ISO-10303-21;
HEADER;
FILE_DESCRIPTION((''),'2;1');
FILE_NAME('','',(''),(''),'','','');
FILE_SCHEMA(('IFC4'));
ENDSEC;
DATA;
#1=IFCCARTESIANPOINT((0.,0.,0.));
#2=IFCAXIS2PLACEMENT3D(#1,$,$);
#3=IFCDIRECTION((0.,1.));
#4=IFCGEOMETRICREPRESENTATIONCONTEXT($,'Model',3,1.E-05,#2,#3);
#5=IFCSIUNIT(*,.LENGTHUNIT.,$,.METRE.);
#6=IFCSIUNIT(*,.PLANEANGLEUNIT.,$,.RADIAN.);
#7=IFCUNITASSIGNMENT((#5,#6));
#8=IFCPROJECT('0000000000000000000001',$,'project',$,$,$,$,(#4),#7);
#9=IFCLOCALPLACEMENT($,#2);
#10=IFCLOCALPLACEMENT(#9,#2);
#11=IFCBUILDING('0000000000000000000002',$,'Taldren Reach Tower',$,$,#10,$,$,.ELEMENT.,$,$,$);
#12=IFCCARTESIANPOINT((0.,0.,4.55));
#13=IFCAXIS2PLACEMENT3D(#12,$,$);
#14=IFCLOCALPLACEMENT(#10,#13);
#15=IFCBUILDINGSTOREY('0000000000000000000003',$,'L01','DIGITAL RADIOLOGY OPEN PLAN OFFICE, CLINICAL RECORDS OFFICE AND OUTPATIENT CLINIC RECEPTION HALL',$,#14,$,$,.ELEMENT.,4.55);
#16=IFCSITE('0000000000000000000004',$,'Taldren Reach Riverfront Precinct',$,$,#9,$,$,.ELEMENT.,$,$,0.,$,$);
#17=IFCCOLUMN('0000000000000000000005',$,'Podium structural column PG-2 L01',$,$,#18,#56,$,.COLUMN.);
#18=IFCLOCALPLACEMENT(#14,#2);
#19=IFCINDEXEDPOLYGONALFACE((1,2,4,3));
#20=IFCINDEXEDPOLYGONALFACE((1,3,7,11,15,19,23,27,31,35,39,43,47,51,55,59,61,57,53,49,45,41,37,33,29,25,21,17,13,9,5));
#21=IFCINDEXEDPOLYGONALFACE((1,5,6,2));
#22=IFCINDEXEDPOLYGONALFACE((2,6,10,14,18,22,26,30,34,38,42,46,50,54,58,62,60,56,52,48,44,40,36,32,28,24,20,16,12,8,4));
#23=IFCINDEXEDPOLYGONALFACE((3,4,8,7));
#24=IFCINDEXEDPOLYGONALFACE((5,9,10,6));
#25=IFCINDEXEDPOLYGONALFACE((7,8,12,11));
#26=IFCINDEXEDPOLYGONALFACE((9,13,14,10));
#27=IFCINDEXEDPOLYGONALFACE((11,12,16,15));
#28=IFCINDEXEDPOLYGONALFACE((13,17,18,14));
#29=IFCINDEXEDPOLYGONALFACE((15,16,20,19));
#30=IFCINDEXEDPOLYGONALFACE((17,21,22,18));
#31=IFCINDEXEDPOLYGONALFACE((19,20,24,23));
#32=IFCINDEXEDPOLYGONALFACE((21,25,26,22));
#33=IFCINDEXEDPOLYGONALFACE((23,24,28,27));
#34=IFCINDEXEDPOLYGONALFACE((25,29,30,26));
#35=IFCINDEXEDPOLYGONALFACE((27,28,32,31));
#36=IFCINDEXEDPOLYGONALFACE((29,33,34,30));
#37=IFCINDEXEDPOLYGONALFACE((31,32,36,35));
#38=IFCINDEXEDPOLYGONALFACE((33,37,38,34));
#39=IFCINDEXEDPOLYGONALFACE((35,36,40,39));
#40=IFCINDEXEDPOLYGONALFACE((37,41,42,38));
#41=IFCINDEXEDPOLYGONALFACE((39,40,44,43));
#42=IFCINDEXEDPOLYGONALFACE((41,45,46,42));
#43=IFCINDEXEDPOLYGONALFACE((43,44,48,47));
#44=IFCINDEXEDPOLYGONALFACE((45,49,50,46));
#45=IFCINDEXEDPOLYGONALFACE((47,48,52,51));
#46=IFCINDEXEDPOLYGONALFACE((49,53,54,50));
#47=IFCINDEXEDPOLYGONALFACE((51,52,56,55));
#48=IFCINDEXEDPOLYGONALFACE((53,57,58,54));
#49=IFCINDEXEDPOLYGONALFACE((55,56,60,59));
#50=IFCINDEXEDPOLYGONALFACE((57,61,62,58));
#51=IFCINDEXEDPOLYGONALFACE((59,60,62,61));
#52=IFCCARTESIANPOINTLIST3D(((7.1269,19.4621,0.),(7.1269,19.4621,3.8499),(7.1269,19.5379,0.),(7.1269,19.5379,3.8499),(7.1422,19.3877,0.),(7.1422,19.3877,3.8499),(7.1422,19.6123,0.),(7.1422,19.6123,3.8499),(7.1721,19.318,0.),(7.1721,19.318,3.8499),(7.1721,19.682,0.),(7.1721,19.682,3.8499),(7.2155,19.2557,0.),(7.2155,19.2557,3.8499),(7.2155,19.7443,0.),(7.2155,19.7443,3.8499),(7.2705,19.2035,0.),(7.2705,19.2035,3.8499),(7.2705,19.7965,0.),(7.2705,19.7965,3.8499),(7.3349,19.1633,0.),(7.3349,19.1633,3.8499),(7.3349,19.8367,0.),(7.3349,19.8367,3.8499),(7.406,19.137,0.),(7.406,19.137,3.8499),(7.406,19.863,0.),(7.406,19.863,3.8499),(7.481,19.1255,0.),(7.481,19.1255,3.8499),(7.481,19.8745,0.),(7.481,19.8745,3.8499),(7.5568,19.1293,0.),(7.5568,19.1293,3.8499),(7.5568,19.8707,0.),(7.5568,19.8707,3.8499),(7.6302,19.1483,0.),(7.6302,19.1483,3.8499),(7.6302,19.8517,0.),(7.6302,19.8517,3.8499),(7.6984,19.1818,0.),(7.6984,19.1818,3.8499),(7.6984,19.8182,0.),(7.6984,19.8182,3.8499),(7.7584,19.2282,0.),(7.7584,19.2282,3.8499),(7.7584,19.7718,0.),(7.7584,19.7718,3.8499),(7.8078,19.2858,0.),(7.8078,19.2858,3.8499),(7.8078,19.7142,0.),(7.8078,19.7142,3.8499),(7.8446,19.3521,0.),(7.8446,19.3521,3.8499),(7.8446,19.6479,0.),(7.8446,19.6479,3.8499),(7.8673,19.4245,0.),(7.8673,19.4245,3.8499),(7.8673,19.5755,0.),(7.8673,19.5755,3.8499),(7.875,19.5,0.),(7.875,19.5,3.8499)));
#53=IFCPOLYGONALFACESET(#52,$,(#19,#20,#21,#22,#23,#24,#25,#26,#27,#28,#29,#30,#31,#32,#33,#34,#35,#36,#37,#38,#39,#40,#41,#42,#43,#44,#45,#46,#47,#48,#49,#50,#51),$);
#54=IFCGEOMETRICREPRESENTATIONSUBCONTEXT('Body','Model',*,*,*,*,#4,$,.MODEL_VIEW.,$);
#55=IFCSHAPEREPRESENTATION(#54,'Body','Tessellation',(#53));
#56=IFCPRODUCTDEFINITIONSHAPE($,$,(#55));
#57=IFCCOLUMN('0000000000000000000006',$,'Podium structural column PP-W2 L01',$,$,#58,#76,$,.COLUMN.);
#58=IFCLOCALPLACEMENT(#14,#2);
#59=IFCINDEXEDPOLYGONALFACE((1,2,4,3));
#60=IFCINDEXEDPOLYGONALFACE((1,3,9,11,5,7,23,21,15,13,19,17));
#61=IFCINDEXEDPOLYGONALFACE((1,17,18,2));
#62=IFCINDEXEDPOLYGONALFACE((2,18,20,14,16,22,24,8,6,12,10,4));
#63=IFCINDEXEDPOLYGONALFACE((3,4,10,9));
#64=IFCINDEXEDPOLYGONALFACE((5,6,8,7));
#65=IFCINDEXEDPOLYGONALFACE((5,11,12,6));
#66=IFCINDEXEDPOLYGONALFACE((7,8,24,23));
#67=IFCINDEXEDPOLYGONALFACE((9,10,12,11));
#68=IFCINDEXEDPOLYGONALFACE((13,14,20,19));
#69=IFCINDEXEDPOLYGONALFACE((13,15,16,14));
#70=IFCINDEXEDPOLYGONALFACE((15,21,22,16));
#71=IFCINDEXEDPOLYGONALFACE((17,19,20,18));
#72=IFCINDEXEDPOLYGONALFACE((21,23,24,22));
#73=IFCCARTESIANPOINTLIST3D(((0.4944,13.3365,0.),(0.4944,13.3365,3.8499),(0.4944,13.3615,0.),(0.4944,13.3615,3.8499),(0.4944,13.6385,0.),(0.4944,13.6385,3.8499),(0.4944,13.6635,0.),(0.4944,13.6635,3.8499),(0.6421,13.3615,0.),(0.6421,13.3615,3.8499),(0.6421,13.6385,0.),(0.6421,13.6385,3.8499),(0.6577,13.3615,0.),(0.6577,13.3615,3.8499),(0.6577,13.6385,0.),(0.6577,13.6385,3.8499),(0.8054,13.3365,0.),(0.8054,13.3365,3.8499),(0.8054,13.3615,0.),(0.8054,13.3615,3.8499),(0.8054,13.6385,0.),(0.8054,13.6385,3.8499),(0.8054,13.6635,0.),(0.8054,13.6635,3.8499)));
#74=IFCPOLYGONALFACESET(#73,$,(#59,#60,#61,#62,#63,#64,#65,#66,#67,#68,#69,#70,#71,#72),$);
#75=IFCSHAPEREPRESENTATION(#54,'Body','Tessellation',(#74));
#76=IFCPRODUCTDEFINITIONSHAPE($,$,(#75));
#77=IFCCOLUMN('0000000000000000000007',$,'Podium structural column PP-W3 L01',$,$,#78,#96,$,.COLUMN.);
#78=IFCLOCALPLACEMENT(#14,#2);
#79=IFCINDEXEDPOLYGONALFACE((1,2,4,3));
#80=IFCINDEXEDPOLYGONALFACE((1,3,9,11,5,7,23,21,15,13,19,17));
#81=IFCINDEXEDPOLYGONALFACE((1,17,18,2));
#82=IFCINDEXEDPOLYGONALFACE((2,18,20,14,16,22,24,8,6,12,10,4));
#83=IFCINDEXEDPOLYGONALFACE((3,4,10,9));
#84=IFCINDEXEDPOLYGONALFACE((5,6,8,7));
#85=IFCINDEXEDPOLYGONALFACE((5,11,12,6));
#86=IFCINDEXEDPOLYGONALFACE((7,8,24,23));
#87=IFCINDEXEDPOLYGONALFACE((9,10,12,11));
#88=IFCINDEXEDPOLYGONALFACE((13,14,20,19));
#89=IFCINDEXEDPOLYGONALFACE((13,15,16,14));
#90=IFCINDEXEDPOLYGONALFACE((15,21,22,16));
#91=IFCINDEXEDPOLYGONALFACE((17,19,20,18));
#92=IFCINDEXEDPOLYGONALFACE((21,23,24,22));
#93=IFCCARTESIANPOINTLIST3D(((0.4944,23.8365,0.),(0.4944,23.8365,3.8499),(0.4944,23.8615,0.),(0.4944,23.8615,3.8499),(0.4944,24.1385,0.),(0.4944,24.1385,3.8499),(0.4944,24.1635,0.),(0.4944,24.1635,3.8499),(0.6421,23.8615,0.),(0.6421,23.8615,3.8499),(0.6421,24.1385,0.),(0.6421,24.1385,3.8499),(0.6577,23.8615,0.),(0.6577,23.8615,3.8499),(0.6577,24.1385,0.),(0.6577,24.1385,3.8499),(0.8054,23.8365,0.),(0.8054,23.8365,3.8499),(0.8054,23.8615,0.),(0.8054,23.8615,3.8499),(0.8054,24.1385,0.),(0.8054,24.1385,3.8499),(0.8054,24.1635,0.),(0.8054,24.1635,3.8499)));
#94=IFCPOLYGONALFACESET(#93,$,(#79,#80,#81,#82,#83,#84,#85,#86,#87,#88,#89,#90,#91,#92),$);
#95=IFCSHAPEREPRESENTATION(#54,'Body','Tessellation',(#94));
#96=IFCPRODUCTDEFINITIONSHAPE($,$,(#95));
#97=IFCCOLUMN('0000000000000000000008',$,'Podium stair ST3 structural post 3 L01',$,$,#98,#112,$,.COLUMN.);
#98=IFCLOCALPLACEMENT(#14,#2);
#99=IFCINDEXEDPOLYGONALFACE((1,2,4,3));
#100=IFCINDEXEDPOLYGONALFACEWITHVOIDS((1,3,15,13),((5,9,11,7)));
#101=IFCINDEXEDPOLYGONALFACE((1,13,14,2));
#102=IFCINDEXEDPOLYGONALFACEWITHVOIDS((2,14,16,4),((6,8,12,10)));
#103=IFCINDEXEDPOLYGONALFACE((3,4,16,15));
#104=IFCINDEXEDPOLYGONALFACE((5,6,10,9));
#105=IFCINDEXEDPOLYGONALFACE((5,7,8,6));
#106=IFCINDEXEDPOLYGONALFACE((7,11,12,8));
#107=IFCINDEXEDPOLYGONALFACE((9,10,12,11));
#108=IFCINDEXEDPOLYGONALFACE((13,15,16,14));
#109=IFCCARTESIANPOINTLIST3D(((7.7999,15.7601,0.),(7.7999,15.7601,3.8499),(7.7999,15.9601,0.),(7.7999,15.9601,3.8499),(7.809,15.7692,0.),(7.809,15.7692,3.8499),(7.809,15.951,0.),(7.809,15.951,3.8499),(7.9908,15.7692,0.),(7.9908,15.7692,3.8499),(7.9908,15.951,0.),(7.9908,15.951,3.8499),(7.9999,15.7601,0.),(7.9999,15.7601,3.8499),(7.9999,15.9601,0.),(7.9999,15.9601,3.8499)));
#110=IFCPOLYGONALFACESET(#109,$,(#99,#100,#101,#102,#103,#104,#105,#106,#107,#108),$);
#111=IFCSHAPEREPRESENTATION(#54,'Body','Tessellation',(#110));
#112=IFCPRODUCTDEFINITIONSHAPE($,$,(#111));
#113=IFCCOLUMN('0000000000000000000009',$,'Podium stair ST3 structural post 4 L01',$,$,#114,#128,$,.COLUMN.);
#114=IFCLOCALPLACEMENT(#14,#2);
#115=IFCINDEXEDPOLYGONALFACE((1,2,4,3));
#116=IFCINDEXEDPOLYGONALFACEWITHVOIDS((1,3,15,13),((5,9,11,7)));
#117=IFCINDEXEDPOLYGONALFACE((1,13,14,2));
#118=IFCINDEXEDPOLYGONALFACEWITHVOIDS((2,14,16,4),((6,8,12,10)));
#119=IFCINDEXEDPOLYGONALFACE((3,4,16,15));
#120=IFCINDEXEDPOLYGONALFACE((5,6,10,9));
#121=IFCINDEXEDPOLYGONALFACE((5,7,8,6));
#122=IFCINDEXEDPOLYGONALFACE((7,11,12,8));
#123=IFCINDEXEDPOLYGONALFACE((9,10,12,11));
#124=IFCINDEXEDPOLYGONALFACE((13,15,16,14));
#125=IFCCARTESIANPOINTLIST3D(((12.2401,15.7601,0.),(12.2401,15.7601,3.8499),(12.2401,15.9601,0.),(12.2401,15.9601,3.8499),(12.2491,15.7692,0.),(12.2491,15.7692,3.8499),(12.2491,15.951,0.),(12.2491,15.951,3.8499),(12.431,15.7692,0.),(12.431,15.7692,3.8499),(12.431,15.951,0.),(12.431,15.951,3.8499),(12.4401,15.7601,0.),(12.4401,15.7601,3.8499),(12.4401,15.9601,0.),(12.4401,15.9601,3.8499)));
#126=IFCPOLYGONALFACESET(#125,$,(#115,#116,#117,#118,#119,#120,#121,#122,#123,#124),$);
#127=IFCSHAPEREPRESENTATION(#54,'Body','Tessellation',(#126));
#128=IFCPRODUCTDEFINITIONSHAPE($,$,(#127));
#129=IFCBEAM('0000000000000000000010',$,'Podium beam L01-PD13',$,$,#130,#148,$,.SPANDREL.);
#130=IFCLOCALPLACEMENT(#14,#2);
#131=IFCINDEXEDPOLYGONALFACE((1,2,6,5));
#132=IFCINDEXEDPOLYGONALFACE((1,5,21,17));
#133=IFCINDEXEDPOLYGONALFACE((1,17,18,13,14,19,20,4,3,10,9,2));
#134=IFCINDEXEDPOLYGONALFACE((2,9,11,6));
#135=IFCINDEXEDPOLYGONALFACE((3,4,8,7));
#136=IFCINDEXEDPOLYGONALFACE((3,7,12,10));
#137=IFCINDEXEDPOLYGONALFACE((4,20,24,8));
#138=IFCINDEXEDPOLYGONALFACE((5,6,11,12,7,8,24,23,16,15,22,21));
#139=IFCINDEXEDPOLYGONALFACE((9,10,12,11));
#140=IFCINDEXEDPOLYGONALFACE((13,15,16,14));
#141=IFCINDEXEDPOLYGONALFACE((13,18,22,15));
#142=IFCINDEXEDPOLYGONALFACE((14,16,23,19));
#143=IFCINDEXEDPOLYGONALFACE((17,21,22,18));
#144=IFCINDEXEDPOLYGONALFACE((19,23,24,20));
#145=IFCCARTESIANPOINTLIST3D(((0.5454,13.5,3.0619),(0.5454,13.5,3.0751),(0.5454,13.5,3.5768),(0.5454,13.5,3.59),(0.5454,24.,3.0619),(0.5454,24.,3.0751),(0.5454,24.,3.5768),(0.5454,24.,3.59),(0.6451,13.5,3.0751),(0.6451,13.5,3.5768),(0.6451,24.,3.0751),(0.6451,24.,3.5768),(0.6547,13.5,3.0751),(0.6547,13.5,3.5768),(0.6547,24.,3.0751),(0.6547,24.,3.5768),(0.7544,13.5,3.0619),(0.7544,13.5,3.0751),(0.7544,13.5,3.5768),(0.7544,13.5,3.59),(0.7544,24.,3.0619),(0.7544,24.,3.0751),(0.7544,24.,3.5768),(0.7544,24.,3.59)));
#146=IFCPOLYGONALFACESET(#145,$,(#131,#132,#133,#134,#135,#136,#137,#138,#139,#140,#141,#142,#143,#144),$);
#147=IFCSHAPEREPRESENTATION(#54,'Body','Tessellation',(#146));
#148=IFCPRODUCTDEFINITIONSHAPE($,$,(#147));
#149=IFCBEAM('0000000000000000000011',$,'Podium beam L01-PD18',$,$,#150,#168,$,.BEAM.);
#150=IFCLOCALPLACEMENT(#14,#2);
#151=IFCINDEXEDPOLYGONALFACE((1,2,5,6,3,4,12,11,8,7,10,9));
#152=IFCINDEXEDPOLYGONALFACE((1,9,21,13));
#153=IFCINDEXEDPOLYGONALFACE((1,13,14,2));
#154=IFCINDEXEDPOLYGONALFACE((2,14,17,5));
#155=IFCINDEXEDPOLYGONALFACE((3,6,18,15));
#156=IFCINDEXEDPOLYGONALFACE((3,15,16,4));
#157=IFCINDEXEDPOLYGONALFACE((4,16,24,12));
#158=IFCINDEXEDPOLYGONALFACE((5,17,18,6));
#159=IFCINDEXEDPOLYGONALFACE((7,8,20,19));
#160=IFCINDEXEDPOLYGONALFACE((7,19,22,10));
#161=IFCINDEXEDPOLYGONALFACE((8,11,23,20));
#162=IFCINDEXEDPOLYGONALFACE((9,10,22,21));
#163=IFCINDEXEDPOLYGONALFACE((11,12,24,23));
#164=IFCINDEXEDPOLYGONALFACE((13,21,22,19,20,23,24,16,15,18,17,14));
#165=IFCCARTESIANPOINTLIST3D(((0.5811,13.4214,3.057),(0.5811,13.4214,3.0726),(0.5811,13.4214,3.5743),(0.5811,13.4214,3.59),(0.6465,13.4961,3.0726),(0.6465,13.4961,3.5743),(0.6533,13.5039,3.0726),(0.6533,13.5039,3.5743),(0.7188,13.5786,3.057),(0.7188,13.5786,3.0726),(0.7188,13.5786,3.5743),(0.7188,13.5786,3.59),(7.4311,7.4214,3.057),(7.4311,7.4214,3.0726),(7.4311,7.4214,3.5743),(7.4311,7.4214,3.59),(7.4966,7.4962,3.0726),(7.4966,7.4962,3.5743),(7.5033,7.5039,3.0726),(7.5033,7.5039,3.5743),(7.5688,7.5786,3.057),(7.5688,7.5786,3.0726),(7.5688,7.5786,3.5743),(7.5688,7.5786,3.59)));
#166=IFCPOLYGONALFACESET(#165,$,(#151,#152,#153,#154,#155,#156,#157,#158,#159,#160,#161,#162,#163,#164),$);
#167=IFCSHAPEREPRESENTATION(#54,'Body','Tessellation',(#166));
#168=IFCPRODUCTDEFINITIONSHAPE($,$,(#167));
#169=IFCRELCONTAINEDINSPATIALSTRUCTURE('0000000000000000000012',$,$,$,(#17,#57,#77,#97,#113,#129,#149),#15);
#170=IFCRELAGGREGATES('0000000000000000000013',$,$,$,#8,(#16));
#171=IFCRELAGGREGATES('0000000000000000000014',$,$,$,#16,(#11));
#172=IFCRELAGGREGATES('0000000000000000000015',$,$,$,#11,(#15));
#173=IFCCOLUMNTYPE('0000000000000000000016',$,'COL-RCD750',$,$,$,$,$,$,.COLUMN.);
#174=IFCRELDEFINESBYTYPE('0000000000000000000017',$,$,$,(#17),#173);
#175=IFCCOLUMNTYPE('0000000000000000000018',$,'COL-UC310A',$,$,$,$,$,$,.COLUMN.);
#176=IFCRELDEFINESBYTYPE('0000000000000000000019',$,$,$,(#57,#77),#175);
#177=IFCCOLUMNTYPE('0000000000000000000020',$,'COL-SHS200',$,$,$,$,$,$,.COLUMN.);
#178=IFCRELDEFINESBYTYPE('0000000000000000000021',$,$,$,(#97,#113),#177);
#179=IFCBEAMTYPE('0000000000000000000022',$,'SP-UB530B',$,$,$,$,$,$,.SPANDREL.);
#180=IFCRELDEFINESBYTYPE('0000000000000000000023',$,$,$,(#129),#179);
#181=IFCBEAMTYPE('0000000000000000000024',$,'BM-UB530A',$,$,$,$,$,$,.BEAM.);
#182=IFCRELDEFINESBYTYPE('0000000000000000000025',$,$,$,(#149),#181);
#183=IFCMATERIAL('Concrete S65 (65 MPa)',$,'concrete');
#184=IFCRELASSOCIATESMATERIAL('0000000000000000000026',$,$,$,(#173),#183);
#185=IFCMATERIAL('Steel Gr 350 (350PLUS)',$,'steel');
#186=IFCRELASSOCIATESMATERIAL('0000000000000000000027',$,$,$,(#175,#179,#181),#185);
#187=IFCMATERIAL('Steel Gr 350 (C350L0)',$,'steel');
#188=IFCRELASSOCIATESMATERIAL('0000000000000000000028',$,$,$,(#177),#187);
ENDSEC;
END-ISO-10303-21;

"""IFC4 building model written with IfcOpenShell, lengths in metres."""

from ifc_helpers import new_model, si_unit, direction, frame, origin, origin_2d, place, context, subcontext, project, spatial, hollow_rectangle, circle, i_section, extrude, source, transform, mapped, material, material_profile, profile_set, type_object, element, save


model = new_model("IFC4")

# Units and contexts
model_context = context("Model", 3, precision=1e-05, world=origin(), true_north=direction((0.0, 1.0)))
body_context = subcontext(model_context, "Body", "Model", "MODEL_VIEW")
ifc_project = project(units=[si_unit("LENGTHUNIT", "METRE"), si_unit("PLANEANGLEUNIT", "RADIAN")], contexts=[model_context])

# Site, building, storey
site_placement = place(None, origin())
site = spatial("IfcSite", under=ifc_project, at=site_placement, Name="Taldren Reach Riverfront Precinct", CompositionType="ELEMENT", RefElevation=0.0)
building_placement = place(site_placement, origin())
building = spatial("IfcBuilding", under=site, at=building_placement, Name="Taldren Reach Tower", CompositionType="ELEMENT")
storey_placement = place(building_placement, frame((0.0, 0.0, 4.55)))
storey = spatial("IfcBuildingStorey", under=building, at=storey_placement, Name="L01", Description="DIGITAL RADIOLOGY OPEN PLAN OFFICE, CLINICAL RECORDS OFFICE AND OUTPATIENT CLINIC RECEPTION HALL", CompositionType="ELEMENT", Elevation=4.55)

# Columns
ifc_material_1 = material(Name="Concrete S65 (65 MPa)", Category="concrete")
ifc_material_profile_1 = material_profile(ifc_material_1, circle(Radius=0.375, at=origin_2d()), Name="RC-750D")
ifc_profile_set_1 = profile_set([ifc_material_profile_1], Name="Concrete S65 (65 MPa)")
column_type_1 = type_object("IfcColumnType", Name="COL-RCD750", PredefinedType="COLUMN", material=ifc_profile_set_1)
shared_shape_1 = source(origin(), body_context, "Body", "SweptSolid", [
    extrude(circle(Radius=0.375, at=origin_2d()), origin(), (0.0, 0.0, 1.0), 3.8499),
])
column_placement = place(storey_placement, frame((7.5, 19.5, 0.0), z_axis=(0.0, 0.0, 1.0), x_axis=(1.0, 0.0, 0.0)))
element("IfcColumn", 1, at=column_placement, inside=storey, type_object=column_type_1, Name="Podium structural column PG-2 L01", PredefinedType="COLUMN", context=body_context, shape_type="MappedRepresentation", body=[
    mapped(shared_shape_1, transform((0.0, 0.0, 0.0), scale=1.0)),
])
ifc_material_2 = material(Name="Steel Gr 350 (350PLUS)", Category="steel")
ifc_material_profile_2 = material_profile(ifc_material_2, i_section(OverallWidth=0.311, OverallDepth=0.3269, WebThickness=0.0156, FlangeThickness=0.0249, at=origin_2d()), Name="310UC158")
ifc_profile_set_2 = profile_set([ifc_material_profile_2], Name="Steel Gr 350 (350PLUS)")
column_type_2 = type_object("IfcColumnType", Name="COL-UC310A", PredefinedType="COLUMN", material=ifc_profile_set_2)
shared_shape_2 = source(origin(), body_context, "Body", "SweptSolid", [
    extrude(i_section(OverallWidth=0.311, OverallDepth=0.3269, WebThickness=0.0156, FlangeThickness=0.0249, at=origin_2d()), origin(), (0.0, 0.0, 1.0), 3.8499),
])
for number, where, z_axis, x_axis, name in (
    (2, (0.6499, 13.5, 0.0), (0.0, 0.0, 1.0), (1.0, 0.0, 0.0), "Podium structural column PP-W2 L01"),
    (3, (0.6499, 24.0, 0.0), (0.0, 0.0, 1.0), (1.0, 0.0, 0.0), "Podium structural column PP-W3 L01"),
):
    element("IfcColumn", number, at=place(storey_placement, frame(where, z_axis=z_axis, x_axis=x_axis)), inside=storey, type_object=column_type_2, Name=name, PredefinedType="COLUMN", context=body_context, shape_type="MappedRepresentation", body=[
        mapped(shared_shape_2, transform((0.0, 0.0, 0.0), scale=1.0)),
    ])
ifc_material_3 = material(Name="Steel Gr 350 (C350L0)", Category="steel")
ifc_material_profile_3 = material_profile(ifc_material_3, hollow_rectangle(XDim=0.2, YDim=0.2, WallThickness=0.009, at=origin_2d()), Name="200x200x9.0SHS")
ifc_profile_set_3 = profile_set([ifc_material_profile_3], Name="Steel Gr 350 (C350L0)")
column_type_3 = type_object("IfcColumnType", Name="COL-SHS200", PredefinedType="COLUMN", material=ifc_profile_set_3)
shared_shape_3 = source(origin(), body_context, "Body", "SweptSolid", [
    extrude(hollow_rectangle(XDim=0.2, YDim=0.2, WallThickness=0.009, at=origin_2d()), origin(), (0.0, 0.0, 1.0), 3.8499),
])
for number, where, z_axis, x_axis, name in (
    (4, (7.8999, 15.8601, 0.0), (0.0, 0.0, 1.0), (1.0, 0.0, 0.0), "Podium stair ST3 structural post 3 L01"),
    (5, (12.3401, 15.8601, 0.0), (0.0, 0.0, 1.0), (1.0, 0.0, 0.0), "Podium stair ST3 structural post 4 L01"),
):
    element("IfcColumn", number, at=place(storey_placement, frame(where, z_axis=z_axis, x_axis=x_axis)), inside=storey, type_object=column_type_3, Name=name, PredefinedType="COLUMN", context=body_context, shape_type="MappedRepresentation", body=[
        mapped(shared_shape_3, transform((0.0, 0.0, 0.0), scale=1.0)),
    ])

# Beams
ifc_material_profile_4 = material_profile(ifc_material_2, i_section(OverallWidth=0.209, OverallDepth=0.5281, WebThickness=0.0095, FlangeThickness=0.0132, at=origin_2d()), Name="530UB82.0")
ifc_profile_set_4 = profile_set([ifc_material_profile_4], Name="Steel Gr 350 (350PLUS)")
beam_type_1 = type_object("IfcBeamType", Name="SP-UB530B", PredefinedType="SPANDREL", material=ifc_profile_set_4)
shared_shape_4 = source(origin(), body_context, "Body", "SweptSolid", [
    extrude(i_section(OverallWidth=0.209, OverallDepth=0.5281, WebThickness=0.0095, FlangeThickness=0.0132, at=origin_2d()), origin(), (0.0, 0.0, 1.0), 10.5),
])
beam_1_placement = place(storey_placement, frame((0.6499, 13.5, 3.3259), z_axis=(0.0, 1.0, 0.0), x_axis=(-1.0, 0.0, 0.0)))
element("IfcBeam", 6, at=beam_1_placement, inside=storey, type_object=beam_type_1, Name="Podium beam L01-PD13", PredefinedType="SPANDREL", context=body_context, shape_type="MappedRepresentation", body=[
    mapped(shared_shape_4, transform((0.0, 0.0, 0.0), scale=1.0)),
])
ifc_material_profile_5 = material_profile(ifc_material_2, i_section(OverallWidth=0.209, OverallDepth=0.533, WebThickness=0.0103, FlangeThickness=0.0156, at=origin_2d()), Name="530UB92.4")
ifc_profile_set_5 = profile_set([ifc_material_profile_5], Name="Steel Gr 350 (350PLUS)")
beam_type_2 = type_object("IfcBeamType", Name="BM-UB530A", PredefinedType="BEAM", material=ifc_profile_set_5)
shared_shape_5 = source(origin(), body_context, "Body", "SweptSolid", [
    extrude(i_section(OverallWidth=0.209, OverallDepth=0.533, WebThickness=0.0103, FlangeThickness=0.0156, at=origin_2d()), origin(), (0.0, 0.0, 1.0), 9.1062),
])
beam_2_placement = place(storey_placement, frame((0.6499, 13.5, 3.3235), z_axis=(0.752241, -0.658888, 0.0), x_axis=(0.658888, 0.752241, 0.0)))
element("IfcBeam", 7, at=beam_2_placement, inside=storey, type_object=beam_type_2, Name="Podium beam L01-PD18", PredefinedType="BEAM", context=body_context, shape_type="MappedRepresentation", body=[
    mapped(shared_shape_5, transform((0.0, 0.0, 0.0), scale=1.0)),
])

save(model, "model.ifc")
